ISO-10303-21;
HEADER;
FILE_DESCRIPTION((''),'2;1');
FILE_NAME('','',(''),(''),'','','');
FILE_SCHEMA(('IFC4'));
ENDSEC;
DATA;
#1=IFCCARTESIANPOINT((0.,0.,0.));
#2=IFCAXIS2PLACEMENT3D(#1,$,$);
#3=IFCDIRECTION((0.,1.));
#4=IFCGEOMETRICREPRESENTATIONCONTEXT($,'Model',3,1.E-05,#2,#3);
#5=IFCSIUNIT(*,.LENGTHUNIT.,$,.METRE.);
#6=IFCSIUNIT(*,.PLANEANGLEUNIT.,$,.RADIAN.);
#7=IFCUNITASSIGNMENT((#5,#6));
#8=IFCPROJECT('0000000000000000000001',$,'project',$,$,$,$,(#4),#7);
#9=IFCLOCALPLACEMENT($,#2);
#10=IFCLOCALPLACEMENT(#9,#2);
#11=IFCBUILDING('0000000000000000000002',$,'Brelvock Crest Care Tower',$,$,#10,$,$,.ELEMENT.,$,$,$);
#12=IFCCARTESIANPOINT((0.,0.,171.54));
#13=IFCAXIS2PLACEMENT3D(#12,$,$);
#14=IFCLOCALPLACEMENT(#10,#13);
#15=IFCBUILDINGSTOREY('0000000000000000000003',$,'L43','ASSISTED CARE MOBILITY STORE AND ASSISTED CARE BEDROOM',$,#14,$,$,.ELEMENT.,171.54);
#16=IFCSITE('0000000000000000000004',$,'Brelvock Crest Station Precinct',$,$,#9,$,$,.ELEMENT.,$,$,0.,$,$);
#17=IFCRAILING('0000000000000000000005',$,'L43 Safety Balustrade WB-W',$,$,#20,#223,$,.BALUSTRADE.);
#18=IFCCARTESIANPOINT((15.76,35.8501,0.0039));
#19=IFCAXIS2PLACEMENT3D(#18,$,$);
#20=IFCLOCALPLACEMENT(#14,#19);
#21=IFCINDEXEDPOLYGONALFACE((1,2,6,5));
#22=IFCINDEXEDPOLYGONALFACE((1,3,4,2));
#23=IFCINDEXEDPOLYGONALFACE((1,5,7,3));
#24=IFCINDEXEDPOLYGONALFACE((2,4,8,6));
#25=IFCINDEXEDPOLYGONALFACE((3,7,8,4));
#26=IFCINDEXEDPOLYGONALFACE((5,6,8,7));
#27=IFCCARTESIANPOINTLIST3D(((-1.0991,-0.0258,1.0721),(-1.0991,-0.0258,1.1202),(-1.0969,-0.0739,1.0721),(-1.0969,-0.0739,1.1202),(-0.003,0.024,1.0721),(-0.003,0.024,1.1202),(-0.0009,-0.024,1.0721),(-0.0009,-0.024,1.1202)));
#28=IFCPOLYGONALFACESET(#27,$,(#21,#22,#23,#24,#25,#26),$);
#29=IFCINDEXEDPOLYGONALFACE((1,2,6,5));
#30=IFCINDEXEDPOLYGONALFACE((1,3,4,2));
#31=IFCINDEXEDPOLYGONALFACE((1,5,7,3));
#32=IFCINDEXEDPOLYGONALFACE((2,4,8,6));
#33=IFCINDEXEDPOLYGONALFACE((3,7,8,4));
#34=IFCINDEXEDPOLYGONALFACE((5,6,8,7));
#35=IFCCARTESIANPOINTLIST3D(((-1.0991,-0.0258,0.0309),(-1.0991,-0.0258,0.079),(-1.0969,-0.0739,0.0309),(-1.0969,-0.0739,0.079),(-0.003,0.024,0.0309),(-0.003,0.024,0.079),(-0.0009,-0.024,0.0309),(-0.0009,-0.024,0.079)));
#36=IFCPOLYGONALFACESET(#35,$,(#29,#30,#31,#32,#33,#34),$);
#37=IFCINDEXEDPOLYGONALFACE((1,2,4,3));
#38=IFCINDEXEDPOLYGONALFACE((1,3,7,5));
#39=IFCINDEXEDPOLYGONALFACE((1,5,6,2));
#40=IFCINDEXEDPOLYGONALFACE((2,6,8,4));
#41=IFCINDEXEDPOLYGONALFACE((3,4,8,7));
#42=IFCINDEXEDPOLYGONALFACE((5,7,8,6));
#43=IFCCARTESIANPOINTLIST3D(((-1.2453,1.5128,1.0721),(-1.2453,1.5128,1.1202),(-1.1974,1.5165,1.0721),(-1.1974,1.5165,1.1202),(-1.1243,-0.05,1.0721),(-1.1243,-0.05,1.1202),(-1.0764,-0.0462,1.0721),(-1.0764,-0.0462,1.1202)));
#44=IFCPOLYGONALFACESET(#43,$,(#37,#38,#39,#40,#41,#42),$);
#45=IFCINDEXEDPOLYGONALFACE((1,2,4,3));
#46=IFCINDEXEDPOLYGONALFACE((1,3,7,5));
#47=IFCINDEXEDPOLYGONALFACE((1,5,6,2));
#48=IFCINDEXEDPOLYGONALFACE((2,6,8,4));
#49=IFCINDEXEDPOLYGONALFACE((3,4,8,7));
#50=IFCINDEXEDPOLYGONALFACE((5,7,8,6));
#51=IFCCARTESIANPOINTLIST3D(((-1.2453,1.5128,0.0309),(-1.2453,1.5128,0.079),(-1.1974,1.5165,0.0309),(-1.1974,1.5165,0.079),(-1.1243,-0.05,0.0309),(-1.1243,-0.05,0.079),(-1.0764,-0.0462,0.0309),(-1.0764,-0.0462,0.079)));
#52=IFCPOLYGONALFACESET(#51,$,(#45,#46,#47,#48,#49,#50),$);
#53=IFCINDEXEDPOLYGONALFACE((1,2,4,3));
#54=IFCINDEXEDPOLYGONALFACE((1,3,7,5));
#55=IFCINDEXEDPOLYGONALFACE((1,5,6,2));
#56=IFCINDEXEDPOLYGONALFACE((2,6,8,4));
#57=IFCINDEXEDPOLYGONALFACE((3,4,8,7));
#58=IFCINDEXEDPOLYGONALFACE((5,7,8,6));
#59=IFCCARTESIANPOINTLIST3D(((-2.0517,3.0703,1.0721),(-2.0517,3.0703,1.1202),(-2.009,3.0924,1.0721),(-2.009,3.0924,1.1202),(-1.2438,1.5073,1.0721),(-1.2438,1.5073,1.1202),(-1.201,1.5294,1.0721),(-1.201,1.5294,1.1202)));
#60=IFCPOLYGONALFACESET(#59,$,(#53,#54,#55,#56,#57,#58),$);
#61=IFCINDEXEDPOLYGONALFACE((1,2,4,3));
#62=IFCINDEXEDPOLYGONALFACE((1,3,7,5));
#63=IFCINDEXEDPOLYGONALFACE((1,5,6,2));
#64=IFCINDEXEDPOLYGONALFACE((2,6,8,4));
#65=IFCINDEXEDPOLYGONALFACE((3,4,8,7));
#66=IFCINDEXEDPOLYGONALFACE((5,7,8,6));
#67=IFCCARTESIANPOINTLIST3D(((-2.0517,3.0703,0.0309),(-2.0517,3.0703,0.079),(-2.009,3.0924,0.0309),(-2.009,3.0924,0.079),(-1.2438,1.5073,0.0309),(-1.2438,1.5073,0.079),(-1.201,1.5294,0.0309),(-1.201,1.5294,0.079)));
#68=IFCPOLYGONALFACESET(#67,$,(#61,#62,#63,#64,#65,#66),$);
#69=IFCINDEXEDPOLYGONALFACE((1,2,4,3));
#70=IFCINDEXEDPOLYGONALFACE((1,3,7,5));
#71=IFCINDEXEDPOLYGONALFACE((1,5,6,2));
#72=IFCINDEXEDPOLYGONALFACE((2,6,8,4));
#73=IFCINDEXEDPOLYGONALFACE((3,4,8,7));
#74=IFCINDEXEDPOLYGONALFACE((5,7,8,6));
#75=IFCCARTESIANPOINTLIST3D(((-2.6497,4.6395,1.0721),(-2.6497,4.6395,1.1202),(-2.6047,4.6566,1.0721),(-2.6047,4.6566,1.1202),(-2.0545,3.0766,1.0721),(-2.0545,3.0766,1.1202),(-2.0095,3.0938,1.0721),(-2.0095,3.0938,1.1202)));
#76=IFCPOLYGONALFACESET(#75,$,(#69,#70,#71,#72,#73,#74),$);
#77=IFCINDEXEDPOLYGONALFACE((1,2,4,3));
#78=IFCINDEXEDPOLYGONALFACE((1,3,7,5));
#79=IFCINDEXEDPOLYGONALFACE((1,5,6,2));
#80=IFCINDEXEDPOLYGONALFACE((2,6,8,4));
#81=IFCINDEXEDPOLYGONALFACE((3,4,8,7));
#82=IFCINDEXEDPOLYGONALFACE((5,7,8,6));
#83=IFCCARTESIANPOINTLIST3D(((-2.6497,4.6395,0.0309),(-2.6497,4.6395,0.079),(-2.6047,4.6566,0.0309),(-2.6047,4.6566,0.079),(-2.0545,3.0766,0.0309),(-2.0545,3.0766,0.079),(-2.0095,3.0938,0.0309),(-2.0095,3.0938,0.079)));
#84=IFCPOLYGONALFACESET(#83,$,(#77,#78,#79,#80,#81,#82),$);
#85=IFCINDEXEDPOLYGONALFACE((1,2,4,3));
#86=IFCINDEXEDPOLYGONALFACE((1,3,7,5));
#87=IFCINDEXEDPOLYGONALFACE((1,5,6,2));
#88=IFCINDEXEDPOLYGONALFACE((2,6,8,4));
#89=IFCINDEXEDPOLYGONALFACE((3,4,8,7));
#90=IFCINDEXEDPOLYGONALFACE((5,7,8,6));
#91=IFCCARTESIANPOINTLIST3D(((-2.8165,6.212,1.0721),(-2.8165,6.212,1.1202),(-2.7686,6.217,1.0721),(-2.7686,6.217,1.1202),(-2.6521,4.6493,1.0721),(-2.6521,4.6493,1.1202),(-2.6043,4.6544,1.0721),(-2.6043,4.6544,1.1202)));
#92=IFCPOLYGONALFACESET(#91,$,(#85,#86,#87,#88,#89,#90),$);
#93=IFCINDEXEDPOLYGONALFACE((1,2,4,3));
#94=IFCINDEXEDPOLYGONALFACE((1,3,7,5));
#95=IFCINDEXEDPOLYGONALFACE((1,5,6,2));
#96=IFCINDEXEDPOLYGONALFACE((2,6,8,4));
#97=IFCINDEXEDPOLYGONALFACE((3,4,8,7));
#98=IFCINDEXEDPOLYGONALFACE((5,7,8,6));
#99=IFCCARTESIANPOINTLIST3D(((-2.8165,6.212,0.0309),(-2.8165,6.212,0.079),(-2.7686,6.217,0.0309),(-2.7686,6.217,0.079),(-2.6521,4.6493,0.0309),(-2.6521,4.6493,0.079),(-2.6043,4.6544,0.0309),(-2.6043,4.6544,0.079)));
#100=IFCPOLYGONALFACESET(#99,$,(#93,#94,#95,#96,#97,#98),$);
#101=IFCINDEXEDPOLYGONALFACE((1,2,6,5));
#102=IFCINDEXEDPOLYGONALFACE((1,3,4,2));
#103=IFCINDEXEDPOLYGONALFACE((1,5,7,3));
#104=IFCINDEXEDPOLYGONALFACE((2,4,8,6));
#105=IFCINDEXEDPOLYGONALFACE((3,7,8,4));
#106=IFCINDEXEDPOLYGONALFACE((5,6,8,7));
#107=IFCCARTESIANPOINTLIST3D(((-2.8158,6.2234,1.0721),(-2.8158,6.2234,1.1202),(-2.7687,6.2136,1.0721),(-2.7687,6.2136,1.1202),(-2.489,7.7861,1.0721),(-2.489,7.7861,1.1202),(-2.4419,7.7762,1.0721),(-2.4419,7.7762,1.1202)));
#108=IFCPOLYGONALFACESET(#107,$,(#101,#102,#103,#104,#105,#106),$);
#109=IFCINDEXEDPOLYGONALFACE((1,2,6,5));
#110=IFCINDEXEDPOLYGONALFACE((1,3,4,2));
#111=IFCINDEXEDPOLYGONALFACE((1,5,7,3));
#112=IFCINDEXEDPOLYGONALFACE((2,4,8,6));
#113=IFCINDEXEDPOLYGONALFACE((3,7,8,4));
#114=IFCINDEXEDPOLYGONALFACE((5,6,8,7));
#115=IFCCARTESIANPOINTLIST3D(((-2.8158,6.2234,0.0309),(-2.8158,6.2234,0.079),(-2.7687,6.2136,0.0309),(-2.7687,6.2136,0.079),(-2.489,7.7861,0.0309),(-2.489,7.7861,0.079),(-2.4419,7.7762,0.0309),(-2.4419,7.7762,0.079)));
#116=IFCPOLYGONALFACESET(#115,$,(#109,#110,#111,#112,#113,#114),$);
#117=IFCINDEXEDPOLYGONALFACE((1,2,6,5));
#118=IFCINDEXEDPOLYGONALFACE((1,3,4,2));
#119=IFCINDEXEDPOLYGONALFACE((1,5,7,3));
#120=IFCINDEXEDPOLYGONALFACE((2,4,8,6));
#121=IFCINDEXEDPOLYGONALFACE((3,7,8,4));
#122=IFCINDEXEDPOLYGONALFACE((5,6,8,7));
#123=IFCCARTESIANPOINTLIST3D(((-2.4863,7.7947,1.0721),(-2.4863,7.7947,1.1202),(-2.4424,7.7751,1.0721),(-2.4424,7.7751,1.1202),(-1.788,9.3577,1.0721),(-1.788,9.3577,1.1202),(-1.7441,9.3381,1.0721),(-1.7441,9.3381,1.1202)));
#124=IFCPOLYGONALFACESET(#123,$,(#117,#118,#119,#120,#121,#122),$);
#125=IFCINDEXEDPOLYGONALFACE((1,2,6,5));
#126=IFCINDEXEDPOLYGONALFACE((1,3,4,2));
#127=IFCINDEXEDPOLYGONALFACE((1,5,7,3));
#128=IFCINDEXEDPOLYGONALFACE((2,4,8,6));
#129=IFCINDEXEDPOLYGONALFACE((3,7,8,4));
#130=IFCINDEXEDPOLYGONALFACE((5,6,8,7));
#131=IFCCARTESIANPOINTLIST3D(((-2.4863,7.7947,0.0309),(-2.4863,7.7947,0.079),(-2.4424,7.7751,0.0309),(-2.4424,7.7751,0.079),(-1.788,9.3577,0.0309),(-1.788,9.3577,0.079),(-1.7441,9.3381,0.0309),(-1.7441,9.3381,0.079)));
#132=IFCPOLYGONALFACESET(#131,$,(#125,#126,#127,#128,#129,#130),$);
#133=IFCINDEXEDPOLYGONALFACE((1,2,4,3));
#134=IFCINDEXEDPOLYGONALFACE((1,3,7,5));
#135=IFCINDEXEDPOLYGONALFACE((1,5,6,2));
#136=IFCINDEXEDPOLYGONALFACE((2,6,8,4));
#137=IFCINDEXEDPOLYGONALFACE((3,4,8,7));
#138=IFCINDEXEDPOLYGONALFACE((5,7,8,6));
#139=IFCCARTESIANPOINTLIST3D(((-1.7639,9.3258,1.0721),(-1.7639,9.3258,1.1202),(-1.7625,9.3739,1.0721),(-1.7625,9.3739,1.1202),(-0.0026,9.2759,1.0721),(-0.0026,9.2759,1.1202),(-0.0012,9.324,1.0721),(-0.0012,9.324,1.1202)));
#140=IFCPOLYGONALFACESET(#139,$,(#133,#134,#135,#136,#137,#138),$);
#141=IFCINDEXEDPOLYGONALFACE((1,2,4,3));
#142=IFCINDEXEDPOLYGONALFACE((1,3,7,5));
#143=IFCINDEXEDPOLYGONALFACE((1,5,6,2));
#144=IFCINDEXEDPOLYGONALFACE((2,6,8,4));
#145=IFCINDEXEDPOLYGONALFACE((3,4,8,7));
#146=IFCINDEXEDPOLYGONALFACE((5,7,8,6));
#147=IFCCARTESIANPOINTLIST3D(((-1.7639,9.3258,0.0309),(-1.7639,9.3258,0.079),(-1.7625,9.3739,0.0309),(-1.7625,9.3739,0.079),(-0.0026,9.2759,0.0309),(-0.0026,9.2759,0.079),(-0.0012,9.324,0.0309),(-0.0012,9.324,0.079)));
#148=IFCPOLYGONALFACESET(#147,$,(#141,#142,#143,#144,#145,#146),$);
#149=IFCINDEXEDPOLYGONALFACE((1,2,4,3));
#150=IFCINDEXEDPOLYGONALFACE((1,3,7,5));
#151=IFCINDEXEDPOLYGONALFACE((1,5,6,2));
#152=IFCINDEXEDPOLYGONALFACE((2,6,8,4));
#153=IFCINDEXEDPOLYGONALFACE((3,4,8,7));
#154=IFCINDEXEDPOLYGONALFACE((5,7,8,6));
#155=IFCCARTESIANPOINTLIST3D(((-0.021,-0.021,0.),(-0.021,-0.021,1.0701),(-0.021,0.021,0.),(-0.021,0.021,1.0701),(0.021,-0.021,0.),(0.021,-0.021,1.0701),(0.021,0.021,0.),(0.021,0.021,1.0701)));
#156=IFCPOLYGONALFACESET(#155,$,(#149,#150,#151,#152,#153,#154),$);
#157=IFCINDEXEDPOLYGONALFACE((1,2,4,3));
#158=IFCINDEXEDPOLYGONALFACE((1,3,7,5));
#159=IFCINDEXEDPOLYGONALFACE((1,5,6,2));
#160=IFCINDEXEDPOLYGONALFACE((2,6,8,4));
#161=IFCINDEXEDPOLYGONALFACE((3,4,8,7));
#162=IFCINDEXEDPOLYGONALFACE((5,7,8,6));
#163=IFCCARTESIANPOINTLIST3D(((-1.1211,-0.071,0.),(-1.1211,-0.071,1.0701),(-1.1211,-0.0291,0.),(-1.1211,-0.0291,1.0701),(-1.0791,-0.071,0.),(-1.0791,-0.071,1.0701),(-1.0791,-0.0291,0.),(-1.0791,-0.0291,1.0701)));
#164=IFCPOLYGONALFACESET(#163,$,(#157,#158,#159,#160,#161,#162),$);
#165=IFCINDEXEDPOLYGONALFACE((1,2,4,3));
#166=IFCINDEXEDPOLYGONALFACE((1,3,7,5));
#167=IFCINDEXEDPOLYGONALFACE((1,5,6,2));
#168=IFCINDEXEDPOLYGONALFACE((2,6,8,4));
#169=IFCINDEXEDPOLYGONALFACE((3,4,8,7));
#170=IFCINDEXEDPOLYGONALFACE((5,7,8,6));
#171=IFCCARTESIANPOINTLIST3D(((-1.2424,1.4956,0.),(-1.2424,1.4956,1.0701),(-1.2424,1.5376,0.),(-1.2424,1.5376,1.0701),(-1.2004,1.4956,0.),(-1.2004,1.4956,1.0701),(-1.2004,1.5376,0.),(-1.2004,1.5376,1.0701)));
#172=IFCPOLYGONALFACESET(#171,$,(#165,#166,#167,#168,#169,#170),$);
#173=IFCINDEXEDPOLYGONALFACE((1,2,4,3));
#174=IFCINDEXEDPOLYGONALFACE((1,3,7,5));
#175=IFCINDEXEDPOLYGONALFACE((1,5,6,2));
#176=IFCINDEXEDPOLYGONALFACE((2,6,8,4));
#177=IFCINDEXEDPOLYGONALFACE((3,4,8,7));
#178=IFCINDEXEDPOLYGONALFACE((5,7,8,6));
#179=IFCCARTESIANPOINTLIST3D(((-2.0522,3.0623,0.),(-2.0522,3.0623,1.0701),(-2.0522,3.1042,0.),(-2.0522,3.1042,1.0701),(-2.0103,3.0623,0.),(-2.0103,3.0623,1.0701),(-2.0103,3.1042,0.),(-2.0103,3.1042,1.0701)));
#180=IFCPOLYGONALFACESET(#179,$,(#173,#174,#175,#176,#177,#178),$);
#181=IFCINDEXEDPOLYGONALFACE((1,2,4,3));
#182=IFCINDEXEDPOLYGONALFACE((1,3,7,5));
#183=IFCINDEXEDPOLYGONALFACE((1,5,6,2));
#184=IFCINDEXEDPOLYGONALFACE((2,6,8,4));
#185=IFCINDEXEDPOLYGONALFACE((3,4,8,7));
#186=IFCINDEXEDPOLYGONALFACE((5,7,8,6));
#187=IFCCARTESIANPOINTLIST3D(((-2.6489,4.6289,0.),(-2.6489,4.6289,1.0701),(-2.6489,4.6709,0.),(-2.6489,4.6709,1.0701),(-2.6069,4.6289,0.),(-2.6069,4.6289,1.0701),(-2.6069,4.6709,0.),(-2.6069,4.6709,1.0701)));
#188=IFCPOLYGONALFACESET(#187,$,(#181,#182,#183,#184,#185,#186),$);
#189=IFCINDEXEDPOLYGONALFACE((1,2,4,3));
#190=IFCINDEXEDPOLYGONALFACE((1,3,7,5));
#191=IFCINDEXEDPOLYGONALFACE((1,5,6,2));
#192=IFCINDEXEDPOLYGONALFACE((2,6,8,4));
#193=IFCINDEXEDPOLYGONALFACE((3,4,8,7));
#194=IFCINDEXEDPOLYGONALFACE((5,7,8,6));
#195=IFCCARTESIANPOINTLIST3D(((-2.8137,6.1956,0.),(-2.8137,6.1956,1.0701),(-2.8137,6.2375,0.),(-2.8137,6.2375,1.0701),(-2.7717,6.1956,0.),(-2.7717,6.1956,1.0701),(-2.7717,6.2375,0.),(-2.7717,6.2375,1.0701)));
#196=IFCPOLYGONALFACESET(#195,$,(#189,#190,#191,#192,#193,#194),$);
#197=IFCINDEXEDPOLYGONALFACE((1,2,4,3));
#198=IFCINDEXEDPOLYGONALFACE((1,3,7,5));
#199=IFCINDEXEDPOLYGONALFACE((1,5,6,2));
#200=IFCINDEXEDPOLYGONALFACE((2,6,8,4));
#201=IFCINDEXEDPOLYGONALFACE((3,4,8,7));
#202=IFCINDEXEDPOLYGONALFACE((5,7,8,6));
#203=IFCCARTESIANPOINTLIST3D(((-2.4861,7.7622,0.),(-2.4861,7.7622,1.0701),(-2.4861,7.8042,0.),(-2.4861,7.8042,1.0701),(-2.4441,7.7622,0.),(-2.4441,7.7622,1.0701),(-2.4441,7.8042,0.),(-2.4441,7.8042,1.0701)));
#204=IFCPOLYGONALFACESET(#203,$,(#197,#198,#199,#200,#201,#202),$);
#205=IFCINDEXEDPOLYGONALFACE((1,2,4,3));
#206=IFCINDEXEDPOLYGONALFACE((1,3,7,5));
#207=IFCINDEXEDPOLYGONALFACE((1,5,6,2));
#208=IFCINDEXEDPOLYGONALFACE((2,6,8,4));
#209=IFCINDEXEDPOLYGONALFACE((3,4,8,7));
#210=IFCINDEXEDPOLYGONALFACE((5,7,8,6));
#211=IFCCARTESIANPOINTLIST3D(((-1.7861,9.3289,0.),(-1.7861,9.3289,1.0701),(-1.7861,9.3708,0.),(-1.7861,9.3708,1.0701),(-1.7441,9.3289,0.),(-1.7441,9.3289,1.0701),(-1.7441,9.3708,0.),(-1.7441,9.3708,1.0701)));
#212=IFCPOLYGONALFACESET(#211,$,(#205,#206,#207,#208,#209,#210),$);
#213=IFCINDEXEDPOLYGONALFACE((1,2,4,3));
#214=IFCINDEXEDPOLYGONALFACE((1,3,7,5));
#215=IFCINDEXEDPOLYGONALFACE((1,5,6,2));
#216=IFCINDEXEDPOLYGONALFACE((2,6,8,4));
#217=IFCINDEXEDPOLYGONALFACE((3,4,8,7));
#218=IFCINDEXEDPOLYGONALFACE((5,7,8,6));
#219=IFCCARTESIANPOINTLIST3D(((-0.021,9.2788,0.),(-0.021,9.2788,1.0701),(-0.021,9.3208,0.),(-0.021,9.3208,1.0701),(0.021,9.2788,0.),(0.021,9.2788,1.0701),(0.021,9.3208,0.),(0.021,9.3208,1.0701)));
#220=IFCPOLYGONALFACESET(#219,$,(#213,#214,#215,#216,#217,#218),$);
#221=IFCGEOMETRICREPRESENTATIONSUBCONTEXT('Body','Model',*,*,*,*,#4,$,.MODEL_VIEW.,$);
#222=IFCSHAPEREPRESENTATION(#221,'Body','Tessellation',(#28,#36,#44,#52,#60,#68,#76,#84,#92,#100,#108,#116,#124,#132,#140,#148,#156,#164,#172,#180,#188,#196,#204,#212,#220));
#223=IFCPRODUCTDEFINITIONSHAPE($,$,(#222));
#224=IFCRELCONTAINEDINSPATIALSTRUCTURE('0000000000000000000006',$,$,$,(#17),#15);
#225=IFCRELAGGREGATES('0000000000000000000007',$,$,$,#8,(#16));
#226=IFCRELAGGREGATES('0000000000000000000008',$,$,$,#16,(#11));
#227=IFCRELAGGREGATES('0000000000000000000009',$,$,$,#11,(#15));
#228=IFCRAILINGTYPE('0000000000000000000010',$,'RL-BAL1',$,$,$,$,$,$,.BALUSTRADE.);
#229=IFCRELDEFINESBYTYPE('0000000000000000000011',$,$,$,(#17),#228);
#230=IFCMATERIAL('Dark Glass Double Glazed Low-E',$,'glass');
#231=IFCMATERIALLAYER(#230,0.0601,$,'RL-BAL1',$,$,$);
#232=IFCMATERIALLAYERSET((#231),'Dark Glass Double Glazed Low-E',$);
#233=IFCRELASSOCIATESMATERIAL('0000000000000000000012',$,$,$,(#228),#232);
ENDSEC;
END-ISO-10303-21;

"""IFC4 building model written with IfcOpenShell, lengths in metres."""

from ifc_helpers import new_model, si_unit, direction, frame, origin, origin_2d, place, context, subcontext, project, spatial, rectangle, extrude, material, layer, layer_set, type_object, element, save


model = new_model("IFC4")

# Units and contexts
model_context = context("Model", 3, precision=1e-05, world=origin(), true_north=direction((0.0, 1.0)))
body_context = subcontext(model_context, "Body", "Model", "MODEL_VIEW")
ifc_project = project(units=[si_unit("LENGTHUNIT", "METRE"), si_unit("PLANEANGLEUNIT", "RADIAN")], contexts=[model_context])

# Site, building, storey
site_placement = place(None, origin())
site = spatial("IfcSite", under=ifc_project, at=site_placement, Name="Brelvock Crest Station Precinct", CompositionType="ELEMENT", RefElevation=0.0)
building_placement = place(site_placement, origin())
building = spatial("IfcBuilding", under=site, at=building_placement, Name="Brelvock Crest Care Tower", CompositionType="ELEMENT")
storey_placement = place(building_placement, frame((0.0, 0.0, 171.54)))
storey = spatial("IfcBuildingStorey", under=building, at=storey_placement, Name="L43", Description="ASSISTED CARE MOBILITY STORE AND ASSISTED CARE BEDROOM", CompositionType="ELEMENT", Elevation=171.54)

# Shared definitions
ifc_material_1 = material(Name="Dark Glass Double Glazed Low-E", Category="glass")

# Railing
ifc_layer_1 = layer(ifc_material_1, 0.0601, Name="RL-BAL1")
ifc_layer_set_1 = layer_set([ifc_layer_1], Name="Dark Glass Double Glazed Low-E")
railing_type = type_object("IfcRailingType", Name="RL-BAL1", PredefinedType="BALUSTRADE", material=ifc_layer_set_1)
railing_placement = place(storey_placement, frame((15.76, 35.8501, 0.0039)))
element("IfcRailing", 1, at=railing_placement, inside=storey, type_object=railing_type, Name="L43 Safety Balustrade WB-W", PredefinedType="BALUSTRADE", context=body_context, shape_type="SweptSolid", body=[
    extrude(rectangle(XDim=0.0481, YDim=0.0481, at=origin_2d()), frame((-0.002, 0.0, 1.0962), z_axis=(-0.998967, -0.045448, 0.0), x_axis=(0.045448, -0.998967, 0.0)), (0.0, 0.0, 1.0), 1.0972),
    extrude(rectangle(XDim=0.0481, YDim=0.0481, at=origin_2d()), frame((-0.002, 0.0, 0.0549), z_axis=(-0.998967, -0.045448, 0.0), x_axis=(0.045448, -0.998967, 0.0)), (0.0, 0.0, 1.0), 1.0972),
    extrude(rectangle(XDim=0.0481, YDim=0.0481, at=origin_2d()), frame((-1.1003, -0.0481, 1.0962), z_axis=(-0.077219, 0.997014, 0.0), x_axis=(-0.997014, -0.077219, 0.0)), (0.0, 0.0, 1.0), 1.5674),
    extrude(rectangle(XDim=0.0481, YDim=0.0481, at=origin_2d()), frame((-1.1003, -0.0481, 0.0549), z_axis=(-0.077219, 0.997014, 0.0), x_axis=(-0.997014, -0.077219, 0.0)), (0.0, 0.0, 1.0), 1.5674),
    extrude(rectangle(XDim=0.0481, YDim=0.0481, at=origin_2d()), frame((-1.2224, 1.5183, 1.0962), z_axis=(-0.459189, 0.888338, 0.0), x_axis=(-0.888338, -0.459189, 0.0)), (0.0, 0.0, 1.0), 1.7595),
    extrude(rectangle(XDim=0.0481, YDim=0.0481, at=origin_2d()), frame((-1.2224, 1.5183, 0.0549), z_axis=(-0.459189, 0.888338, 0.0), x_axis=(-0.888338, -0.459189, 0.0)), (0.0, 0.0, 1.0), 1.7595),
    extrude(rectangle(XDim=0.0481, YDim=0.0481, at=origin_2d()), frame((-2.032, 3.0852, 1.0962), z_axis=(-0.355923, 0.934515, 0.0), x_axis=(-0.934515, -0.355923, 0.0)), (0.0, 0.0, 1.0), 1.6724),
    extrude(rectangle(XDim=0.0481, YDim=0.0481, at=origin_2d()), frame((-2.032, 3.0852, 0.0549), z_axis=(-0.355923, 0.934515, 0.0), x_axis=(-0.934515, -0.355923, 0.0)), (0.0, 0.0, 1.0), 1.6724),
    extrude(rectangle(XDim=0.0481, YDim=0.0481, at=origin_2d()), frame((-2.6282, 4.6519, 1.0962), z_axis=(-0.104612, 0.994513, 0.0), x_axis=(-0.994513, -0.104612, 0.0)), (0.0, 0.0, 1.0), 1.5713),
    extrude(rectangle(XDim=0.0481, YDim=0.0481, at=origin_2d()), frame((-2.6282, 4.6519, 0.0549), z_axis=(-0.104612, 0.994513, 0.0), x_axis=(-0.994513, -0.104612, 0.0)), (0.0, 0.0, 1.0), 1.5713),
    extrude(rectangle(XDim=0.0481, YDim=0.0481, at=origin_2d()), frame((-2.7922, 6.2185, 1.0962), z_axis=(0.204703, 0.978824, 0.0), x_axis=(-0.978824, 0.204703, 0.0)), (0.0, 0.0, 1.0), 1.5964),
    extrude(rectangle(XDim=0.0481, YDim=0.0481, at=origin_2d()), frame((-2.7922, 6.2185, 0.0549), z_axis=(0.204703, 0.978824, 0.0), x_axis=(-0.978824, 0.204703, 0.0)), (0.0, 0.0, 1.0), 1.5964),
    extrude(rectangle(XDim=0.0481, YDim=0.0481, at=origin_2d()), frame((-2.4644, 7.7849, 1.0962), z_axis=(0.40792, 0.913018, 0.0), x_axis=(-0.913018, 0.40792, 0.0)), (0.0, 0.0, 1.0), 1.7119),
    extrude(rectangle(XDim=0.0481, YDim=0.0481, at=origin_2d()), frame((-2.4644, 7.7849, 0.0549), z_axis=(0.40792, 0.913018, 0.0), x_axis=(-0.913018, 0.40792, 0.0)), (0.0, 0.0, 1.0), 1.7119),
    extrude(rectangle(XDim=0.0481, YDim=0.0481, at=origin_2d()), frame((-1.7632, 9.3499, 1.0962), z_axis=(0.999598, -0.028343, 0.0), x_axis=(0.028343, 0.999598, 0.0)), (0.0, 0.0, 1.0), 1.762),
    extrude(rectangle(XDim=0.0481, YDim=0.0481, at=origin_2d()), frame((-1.7632, 9.3499, 0.0549), z_axis=(0.999598, -0.028343, 0.0), x_axis=(0.028343, 0.999598, 0.0)), (0.0, 0.0, 1.0), 1.762),
    extrude(rectangle(XDim=0.042, YDim=0.042, at=origin_2d()), origin(), (0.0, 0.0, 1.0), 1.0701),
    extrude(rectangle(XDim=0.042, YDim=0.042, at=origin_2d()), frame((-1.1001, -0.05, 0.0)), (0.0, 0.0, 1.0), 1.0701),
    extrude(rectangle(XDim=0.042, YDim=0.042, at=origin_2d()), frame((-1.2214, 1.5166, 0.0)), (0.0, 0.0, 1.0), 1.0701),
    extrude(rectangle(XDim=0.042, YDim=0.042, at=origin_2d()), frame((-2.0312, 3.0833, 0.0)), (0.0, 0.0, 1.0), 1.0701),
    extrude(rectangle(XDim=0.042, YDim=0.042, at=origin_2d()), frame((-2.6279, 4.6499, 0.0)), (0.0, 0.0, 1.0), 1.0701),
    extrude(rectangle(XDim=0.042, YDim=0.042, at=origin_2d()), frame((-2.7927, 6.2166, 0.0)), (0.0, 0.0, 1.0), 1.0701),
    extrude(rectangle(XDim=0.042, YDim=0.042, at=origin_2d()), frame((-2.4651, 7.7832, 0.0)), (0.0, 0.0, 1.0), 1.0701),
    extrude(rectangle(XDim=0.042, YDim=0.042, at=origin_2d()), frame((-1.7651, 9.3499, 0.0)), (0.0, 0.0, 1.0), 1.0701),
    extrude(rectangle(XDim=0.042, YDim=0.042, at=origin_2d()), frame((0.0, 9.2998, 0.0)), (0.0, 0.0, 1.0), 1.0701),
])

save(model, "model.ifc")
